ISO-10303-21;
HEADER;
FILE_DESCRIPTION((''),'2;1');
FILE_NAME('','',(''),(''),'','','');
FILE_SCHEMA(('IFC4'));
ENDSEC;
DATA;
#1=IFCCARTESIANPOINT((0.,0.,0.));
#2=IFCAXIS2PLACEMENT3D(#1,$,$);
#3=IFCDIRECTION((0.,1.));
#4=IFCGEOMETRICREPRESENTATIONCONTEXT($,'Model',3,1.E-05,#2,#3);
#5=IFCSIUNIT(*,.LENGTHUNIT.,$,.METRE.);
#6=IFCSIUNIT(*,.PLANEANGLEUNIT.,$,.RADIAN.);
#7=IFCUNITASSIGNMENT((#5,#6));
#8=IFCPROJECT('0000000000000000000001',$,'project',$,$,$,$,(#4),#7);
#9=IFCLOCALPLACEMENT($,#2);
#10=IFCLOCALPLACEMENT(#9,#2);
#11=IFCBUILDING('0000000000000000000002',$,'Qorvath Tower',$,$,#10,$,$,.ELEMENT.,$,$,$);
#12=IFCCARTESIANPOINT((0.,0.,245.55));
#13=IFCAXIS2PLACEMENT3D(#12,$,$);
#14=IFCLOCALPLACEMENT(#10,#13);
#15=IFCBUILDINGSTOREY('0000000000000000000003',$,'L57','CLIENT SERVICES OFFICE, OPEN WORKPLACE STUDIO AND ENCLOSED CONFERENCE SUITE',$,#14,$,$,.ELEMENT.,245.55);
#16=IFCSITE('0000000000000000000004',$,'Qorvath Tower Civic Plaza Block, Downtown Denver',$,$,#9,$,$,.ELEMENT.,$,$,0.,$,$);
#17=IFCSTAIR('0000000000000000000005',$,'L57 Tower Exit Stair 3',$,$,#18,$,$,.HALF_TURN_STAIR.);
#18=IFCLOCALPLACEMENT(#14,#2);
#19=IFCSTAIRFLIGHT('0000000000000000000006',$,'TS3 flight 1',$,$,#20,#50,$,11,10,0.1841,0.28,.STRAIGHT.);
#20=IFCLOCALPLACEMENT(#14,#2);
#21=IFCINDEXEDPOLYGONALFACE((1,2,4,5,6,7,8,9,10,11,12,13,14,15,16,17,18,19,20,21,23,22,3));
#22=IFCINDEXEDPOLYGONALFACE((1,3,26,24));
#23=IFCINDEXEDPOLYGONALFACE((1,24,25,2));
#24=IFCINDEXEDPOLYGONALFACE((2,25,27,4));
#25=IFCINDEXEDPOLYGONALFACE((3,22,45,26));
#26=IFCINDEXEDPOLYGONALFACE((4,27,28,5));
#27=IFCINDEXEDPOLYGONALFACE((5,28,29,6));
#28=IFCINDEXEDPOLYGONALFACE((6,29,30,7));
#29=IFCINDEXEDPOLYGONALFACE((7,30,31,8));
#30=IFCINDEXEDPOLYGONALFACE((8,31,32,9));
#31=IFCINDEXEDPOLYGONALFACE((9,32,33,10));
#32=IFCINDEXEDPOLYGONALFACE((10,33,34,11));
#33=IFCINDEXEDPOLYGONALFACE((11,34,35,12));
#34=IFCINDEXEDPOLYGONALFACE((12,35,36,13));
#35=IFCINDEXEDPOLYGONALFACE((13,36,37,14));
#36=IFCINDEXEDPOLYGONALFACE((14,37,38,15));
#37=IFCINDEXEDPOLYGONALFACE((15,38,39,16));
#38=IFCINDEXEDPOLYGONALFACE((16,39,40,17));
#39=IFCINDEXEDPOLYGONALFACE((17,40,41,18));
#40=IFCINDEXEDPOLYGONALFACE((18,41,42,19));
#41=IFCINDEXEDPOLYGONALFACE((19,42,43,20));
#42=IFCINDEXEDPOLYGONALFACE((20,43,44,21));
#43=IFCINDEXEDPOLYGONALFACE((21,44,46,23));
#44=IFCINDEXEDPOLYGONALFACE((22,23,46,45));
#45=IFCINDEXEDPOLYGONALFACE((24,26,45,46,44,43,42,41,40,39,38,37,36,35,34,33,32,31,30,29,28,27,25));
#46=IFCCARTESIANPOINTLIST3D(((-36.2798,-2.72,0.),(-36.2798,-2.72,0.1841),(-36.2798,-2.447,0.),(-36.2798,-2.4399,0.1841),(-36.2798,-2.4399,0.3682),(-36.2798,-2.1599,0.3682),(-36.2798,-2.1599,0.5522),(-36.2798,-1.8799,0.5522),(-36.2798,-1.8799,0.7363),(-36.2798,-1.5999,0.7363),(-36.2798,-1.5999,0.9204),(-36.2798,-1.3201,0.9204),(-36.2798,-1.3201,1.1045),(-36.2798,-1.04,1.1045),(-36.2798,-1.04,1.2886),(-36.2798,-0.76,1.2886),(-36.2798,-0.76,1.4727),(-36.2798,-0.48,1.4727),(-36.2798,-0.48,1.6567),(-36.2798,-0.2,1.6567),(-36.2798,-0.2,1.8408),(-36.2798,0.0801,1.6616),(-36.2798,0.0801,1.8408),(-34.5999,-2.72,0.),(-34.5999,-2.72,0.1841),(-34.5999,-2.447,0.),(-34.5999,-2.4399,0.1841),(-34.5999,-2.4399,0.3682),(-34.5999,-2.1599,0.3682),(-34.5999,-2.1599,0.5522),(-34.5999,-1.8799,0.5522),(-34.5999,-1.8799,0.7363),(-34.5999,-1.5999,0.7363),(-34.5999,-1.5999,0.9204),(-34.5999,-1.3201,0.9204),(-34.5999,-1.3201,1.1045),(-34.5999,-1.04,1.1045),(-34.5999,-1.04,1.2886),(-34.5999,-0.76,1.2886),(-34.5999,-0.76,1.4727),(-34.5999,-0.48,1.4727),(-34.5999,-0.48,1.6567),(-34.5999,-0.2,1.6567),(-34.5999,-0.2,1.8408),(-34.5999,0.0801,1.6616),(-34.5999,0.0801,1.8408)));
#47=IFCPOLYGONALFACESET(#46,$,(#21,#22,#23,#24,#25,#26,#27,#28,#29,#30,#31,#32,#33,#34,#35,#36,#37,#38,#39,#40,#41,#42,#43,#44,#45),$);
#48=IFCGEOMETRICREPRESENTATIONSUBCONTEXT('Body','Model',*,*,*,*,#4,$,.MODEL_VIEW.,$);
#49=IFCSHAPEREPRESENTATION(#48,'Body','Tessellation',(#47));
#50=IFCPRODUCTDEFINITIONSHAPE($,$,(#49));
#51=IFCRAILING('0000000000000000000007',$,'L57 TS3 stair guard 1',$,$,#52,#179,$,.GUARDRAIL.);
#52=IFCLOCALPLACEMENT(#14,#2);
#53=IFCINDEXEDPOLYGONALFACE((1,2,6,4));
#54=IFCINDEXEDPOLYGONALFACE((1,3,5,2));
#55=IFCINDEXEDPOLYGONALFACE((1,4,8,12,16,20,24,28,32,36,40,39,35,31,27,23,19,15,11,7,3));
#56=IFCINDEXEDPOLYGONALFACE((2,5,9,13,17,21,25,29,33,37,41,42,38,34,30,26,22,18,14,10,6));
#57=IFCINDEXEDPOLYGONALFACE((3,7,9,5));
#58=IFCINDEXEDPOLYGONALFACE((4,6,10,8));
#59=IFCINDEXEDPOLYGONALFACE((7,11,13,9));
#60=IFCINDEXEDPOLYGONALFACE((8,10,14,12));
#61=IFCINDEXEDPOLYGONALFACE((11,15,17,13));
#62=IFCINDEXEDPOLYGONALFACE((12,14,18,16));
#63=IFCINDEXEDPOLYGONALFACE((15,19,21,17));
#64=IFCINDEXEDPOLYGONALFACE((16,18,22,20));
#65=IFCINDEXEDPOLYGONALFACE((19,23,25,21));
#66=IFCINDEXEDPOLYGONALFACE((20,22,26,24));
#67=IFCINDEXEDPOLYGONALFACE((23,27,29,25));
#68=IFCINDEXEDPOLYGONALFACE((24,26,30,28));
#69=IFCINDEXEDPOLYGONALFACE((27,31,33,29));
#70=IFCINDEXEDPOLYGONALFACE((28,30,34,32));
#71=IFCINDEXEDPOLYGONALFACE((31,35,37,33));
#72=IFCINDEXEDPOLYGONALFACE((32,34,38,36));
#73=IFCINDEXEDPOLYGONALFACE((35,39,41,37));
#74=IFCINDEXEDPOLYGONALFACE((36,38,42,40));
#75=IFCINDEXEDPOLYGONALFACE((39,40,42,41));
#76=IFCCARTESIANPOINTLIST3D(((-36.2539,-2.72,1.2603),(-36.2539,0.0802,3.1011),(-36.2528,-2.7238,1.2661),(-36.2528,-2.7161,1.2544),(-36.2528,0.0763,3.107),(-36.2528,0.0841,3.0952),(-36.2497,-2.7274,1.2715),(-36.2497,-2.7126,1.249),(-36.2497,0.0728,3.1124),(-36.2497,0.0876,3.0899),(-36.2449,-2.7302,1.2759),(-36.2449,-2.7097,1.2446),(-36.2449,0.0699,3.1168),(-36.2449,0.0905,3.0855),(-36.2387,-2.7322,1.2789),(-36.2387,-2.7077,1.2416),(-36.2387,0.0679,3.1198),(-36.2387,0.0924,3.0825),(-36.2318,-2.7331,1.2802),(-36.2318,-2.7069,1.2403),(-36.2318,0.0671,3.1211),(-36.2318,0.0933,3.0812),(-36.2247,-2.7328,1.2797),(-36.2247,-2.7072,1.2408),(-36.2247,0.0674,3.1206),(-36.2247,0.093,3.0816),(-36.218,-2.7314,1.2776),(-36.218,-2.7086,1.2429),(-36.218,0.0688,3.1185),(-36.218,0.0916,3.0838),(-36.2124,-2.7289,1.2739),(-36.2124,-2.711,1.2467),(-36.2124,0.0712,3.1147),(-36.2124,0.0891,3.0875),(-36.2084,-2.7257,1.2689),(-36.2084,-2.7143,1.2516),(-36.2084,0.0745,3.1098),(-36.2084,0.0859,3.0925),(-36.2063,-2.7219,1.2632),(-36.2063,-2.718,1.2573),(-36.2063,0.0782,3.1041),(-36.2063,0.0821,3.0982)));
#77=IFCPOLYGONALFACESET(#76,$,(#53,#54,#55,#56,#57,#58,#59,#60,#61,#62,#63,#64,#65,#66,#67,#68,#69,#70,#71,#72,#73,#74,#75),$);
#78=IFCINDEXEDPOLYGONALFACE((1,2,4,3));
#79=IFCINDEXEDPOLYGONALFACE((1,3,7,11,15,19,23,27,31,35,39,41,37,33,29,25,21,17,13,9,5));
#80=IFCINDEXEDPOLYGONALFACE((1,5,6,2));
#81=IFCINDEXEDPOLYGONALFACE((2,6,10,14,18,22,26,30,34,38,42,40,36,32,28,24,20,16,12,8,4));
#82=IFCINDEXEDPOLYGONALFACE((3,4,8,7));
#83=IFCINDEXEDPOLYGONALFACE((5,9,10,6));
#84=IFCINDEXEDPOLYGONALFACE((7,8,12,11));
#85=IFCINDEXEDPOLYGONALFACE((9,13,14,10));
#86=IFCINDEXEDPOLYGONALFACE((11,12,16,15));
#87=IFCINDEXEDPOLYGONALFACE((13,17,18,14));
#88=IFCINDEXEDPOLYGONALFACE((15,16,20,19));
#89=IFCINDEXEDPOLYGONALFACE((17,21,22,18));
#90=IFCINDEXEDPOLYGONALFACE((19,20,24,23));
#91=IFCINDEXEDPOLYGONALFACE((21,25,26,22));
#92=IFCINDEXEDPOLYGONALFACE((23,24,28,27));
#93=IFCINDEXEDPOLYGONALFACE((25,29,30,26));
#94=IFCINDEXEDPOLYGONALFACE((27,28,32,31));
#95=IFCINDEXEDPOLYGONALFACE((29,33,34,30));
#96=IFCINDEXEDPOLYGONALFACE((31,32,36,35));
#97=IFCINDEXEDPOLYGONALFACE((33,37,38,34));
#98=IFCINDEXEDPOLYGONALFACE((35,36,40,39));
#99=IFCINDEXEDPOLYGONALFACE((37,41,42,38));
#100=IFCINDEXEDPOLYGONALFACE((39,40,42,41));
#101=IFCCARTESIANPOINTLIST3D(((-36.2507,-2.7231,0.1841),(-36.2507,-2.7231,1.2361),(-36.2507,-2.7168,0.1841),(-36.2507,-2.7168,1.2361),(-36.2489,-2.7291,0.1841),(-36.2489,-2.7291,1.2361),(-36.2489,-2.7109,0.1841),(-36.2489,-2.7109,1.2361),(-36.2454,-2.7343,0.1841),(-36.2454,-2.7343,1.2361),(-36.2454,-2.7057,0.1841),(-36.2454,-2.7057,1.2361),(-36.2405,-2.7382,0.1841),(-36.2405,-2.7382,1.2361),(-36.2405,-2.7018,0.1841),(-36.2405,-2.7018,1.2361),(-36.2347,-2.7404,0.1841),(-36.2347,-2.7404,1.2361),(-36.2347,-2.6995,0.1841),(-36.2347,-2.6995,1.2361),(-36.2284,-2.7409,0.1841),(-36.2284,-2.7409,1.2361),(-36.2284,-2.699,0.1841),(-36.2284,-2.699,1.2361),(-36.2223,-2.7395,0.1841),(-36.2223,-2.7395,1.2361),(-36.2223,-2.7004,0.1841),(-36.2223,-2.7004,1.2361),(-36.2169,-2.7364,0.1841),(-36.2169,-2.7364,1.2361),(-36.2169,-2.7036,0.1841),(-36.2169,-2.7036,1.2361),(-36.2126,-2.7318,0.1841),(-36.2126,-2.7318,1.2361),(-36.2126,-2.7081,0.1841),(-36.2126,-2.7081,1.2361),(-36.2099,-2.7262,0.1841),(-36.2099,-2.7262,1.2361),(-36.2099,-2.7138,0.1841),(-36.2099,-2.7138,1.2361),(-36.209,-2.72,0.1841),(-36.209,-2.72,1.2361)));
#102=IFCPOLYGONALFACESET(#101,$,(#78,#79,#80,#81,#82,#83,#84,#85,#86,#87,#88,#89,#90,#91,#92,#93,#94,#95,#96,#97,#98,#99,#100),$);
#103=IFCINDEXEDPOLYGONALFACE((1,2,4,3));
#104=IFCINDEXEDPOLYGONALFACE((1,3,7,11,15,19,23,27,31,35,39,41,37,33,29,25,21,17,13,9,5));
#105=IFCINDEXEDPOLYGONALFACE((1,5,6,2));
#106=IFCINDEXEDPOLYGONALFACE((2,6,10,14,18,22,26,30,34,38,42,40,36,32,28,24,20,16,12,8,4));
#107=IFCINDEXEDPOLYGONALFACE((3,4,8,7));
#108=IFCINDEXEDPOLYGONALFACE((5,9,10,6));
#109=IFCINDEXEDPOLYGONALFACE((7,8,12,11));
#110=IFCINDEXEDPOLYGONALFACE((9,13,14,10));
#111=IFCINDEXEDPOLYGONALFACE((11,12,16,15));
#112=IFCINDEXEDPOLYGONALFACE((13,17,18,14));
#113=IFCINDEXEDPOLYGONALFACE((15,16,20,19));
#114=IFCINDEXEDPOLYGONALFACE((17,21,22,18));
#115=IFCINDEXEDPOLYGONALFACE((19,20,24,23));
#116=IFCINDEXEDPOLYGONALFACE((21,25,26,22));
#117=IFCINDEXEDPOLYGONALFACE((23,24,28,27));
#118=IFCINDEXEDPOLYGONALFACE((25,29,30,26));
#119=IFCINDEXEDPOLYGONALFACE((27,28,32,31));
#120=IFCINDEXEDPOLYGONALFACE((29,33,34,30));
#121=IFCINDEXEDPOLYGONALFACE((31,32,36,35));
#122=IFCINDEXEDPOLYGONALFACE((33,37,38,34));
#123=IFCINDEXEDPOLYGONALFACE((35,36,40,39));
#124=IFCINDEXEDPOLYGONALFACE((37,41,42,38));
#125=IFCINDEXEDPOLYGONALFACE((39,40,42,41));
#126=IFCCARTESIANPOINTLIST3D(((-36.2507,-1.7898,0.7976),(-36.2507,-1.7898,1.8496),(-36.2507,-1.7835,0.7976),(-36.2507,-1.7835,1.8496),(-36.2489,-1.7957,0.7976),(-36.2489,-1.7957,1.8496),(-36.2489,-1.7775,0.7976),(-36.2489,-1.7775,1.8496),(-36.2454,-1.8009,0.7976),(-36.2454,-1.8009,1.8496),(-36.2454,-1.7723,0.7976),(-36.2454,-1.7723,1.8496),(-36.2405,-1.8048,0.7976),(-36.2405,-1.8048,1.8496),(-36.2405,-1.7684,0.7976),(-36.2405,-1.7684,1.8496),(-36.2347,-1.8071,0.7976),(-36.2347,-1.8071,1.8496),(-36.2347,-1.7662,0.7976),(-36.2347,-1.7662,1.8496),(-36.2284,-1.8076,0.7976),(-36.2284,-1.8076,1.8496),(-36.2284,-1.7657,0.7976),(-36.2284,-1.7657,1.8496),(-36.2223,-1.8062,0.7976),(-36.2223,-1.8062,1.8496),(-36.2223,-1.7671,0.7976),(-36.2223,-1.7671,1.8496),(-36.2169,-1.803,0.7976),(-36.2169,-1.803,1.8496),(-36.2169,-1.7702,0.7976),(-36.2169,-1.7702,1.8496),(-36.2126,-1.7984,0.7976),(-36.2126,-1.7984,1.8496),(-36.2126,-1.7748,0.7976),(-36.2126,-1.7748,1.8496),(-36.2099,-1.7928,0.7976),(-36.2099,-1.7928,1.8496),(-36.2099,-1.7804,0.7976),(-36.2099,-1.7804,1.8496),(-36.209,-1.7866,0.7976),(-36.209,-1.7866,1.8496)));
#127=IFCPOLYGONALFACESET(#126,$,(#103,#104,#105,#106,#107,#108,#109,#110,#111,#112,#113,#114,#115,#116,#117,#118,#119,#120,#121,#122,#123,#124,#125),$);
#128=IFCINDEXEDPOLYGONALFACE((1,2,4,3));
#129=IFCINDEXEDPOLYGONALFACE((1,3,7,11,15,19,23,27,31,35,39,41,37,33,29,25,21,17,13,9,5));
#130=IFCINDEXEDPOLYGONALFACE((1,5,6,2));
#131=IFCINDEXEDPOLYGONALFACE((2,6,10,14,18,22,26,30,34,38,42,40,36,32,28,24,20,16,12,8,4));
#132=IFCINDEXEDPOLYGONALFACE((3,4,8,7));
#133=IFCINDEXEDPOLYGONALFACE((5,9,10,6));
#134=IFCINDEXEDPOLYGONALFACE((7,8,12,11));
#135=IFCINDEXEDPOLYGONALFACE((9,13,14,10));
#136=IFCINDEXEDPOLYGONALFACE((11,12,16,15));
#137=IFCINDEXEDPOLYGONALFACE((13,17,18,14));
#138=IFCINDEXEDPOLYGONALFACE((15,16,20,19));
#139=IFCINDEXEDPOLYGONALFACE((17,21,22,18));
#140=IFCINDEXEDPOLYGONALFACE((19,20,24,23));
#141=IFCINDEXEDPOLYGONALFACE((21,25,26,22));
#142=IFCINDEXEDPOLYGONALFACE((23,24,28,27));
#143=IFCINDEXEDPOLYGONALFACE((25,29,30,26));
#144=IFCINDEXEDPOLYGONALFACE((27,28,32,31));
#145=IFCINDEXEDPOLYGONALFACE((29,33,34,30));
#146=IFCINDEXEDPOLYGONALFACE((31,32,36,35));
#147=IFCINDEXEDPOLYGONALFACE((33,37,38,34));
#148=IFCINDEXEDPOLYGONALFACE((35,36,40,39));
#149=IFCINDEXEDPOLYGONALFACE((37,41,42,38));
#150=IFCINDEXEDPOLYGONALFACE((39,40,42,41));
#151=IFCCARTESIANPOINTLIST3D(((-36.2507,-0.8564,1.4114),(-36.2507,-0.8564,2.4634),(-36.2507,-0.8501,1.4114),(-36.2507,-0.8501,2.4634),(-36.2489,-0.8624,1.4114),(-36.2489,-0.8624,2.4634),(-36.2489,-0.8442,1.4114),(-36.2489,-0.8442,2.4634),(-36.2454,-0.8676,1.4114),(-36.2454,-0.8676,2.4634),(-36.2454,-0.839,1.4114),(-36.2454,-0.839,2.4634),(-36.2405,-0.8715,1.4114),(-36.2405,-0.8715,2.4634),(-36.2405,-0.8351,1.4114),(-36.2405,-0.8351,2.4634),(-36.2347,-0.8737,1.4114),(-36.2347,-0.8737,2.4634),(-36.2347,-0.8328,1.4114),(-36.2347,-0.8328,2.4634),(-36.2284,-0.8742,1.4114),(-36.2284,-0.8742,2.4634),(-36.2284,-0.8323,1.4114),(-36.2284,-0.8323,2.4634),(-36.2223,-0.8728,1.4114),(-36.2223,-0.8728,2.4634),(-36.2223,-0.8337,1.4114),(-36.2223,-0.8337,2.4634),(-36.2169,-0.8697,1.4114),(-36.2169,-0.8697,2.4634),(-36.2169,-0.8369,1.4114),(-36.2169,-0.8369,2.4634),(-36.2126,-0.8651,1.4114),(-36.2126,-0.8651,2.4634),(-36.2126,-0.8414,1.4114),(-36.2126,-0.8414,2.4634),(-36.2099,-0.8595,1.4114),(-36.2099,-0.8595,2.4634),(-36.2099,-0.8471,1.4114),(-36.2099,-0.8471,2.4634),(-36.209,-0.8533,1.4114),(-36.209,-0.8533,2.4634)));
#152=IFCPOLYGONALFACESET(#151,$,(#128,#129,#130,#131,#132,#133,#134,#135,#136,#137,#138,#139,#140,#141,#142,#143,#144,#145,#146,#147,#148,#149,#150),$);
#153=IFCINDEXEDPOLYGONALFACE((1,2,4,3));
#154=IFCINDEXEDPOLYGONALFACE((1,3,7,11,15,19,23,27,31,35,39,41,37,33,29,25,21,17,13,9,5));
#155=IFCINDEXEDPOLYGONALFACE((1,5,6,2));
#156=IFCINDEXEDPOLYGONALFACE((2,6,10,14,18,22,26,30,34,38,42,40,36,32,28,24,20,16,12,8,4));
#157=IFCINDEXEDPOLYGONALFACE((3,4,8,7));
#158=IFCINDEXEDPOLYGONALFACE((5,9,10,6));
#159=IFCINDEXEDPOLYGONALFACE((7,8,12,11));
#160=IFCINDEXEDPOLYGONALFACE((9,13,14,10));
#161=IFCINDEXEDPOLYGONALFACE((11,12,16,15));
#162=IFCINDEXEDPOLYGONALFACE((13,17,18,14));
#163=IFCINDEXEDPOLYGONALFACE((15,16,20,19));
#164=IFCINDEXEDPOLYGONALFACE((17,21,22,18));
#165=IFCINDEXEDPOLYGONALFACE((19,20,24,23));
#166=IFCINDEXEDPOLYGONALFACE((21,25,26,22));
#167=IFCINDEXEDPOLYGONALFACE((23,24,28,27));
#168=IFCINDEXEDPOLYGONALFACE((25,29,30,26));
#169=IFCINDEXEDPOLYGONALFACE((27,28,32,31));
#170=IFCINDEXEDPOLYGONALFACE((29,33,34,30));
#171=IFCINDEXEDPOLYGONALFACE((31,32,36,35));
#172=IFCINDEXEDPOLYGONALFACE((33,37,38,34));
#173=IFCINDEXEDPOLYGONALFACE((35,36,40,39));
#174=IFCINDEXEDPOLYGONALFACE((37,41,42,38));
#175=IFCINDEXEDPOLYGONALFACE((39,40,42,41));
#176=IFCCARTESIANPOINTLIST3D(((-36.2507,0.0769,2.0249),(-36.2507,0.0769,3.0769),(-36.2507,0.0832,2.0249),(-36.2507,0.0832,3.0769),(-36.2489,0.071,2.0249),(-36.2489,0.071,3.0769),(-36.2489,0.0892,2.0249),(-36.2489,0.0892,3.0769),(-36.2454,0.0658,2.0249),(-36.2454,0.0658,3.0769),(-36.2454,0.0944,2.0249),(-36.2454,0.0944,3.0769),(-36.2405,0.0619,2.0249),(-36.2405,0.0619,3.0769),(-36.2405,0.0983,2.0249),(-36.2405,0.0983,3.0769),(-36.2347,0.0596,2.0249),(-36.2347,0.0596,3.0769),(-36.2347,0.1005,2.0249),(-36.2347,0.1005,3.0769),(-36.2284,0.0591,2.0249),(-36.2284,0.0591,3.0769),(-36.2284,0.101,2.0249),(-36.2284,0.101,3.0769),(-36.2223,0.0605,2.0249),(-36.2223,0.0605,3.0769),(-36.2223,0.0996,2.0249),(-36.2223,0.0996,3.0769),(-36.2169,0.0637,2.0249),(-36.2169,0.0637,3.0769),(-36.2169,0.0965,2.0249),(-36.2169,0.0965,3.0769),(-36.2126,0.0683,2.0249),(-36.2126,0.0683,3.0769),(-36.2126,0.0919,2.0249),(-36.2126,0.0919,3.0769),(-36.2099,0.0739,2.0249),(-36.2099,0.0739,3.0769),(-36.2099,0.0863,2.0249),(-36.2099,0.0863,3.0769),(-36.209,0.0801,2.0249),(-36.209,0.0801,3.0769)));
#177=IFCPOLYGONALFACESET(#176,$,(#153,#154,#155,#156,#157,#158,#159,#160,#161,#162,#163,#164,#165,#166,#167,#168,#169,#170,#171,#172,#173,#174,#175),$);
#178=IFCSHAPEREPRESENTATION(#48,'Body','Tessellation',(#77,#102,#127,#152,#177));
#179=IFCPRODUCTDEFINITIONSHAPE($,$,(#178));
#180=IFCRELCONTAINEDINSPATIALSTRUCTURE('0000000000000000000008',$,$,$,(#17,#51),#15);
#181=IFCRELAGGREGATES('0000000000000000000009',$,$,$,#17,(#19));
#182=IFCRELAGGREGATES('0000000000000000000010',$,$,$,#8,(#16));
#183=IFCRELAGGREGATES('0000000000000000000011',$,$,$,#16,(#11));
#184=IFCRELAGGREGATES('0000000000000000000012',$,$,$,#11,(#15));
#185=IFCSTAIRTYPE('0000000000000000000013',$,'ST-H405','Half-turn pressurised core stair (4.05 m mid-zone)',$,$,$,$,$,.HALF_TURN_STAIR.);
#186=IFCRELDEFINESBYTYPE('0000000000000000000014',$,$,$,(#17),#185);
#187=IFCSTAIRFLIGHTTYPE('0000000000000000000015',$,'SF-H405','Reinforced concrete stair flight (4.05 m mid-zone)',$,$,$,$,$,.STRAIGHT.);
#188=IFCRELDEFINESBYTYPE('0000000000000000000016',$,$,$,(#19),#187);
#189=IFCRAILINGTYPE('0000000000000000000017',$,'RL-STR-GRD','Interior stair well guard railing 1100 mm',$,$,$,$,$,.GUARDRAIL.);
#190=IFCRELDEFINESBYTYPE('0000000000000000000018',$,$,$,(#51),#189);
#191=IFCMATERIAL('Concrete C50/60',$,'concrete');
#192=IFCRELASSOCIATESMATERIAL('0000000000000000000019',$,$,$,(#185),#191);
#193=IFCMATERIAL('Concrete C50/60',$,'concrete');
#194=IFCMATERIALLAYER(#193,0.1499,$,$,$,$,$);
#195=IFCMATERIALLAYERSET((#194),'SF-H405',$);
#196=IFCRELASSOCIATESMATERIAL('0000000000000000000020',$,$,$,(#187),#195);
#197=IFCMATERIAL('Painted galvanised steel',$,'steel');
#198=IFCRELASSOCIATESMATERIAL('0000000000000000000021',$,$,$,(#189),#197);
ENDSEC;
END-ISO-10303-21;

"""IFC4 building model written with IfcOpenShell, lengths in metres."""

from ifc_helpers import new_model, si_unit, direction, frame, origin, origin_2d, place, context, subcontext, project, spatial, polyline, circle, outline, extrude, material, layer, layer_set, type_object, element, aggregate, save


model = new_model("IFC4")

# Units and contexts
model_context = context("Model", 3, precision=1e-05, world=origin(), true_north=direction((0.0, 1.0)))
body_context = subcontext(model_context, "Body", "Model", "MODEL_VIEW")
ifc_project = project(units=[si_unit("LENGTHUNIT", "METRE"), si_unit("PLANEANGLEUNIT", "RADIAN")], contexts=[model_context])

# Site, building, storey
site_placement = place(None, origin())
site = spatial("IfcSite", under=ifc_project, at=site_placement, Name="Qorvath Tower Civic Plaza Block, Downtown Denver", CompositionType="ELEMENT", RefElevation=0.0)
building_placement = place(site_placement, origin())
building = spatial("IfcBuilding", under=site, at=building_placement, Name="Qorvath Tower", CompositionType="ELEMENT")
storey_placement = place(building_placement, frame((0.0, 0.0, 245.55)))
storey = spatial("IfcBuildingStorey", under=building, at=storey_placement, Name="L57", Description="CLIENT SERVICES OFFICE, OPEN WORKPLACE STUDIO AND ENCLOSED CONFERENCE SUITE", CompositionType="ELEMENT", Elevation=245.55)

# Stair, stair flight
ifc_material_1 = material(Name="Concrete C50/60", Category="concrete")
stair_type = type_object("IfcStairType", Name="ST-H405", Description="Half-turn pressurised core stair (4.05 m mid-zone)", PredefinedType="HALF_TURN_STAIR", material=ifc_material_1)
stair_placement = place(storey_placement, origin())
stair = element("IfcStair", 1, at=stair_placement, inside=storey, type_object=stair_type, Name="L57 Tower Exit Stair 3", PredefinedType="HALF_TURN_STAIR")
ifc_material_2 = material(Name="Concrete C50/60", Category="concrete")
ifc_layer_1 = layer(ifc_material_2, 0.1499)
ifc_layer_set_1 = layer_set([ifc_layer_1], Name="SF-H405")
stair_flight_type = type_object("IfcStairFlightType", Name="SF-H405", Description="Reinforced concrete stair flight (4.05 m mid-zone)", PredefinedType="STRAIGHT", material=ifc_layer_set_1)
stair_flight_placement = place(storey_placement, frame((-35.4399, -2.72, 0.0), z_axis=(0.0, 0.0, 1.0), x_axis=(0.0, 1.0, 0.0)))
stair_flight = element("IfcStairFlight", 2, at=stair_flight_placement, type_object=stair_flight_type, Name="TS3 flight 1", NumberOfRisers=11, NumberOfTreads=10, PredefinedType="STRAIGHT", RiserHeight=0.1841, TreadLength=0.28, context=body_context, shape_type="SweptSolid", body=[
    extrude(outline(polyline([(0.0, 0.0), (0.0, 0.1841), (0.28, 0.1841), (0.28, 0.3682), (0.5601, 0.3682), (0.5601, 0.5522), (0.8401, 0.5522), (0.8401, 0.7363), (1.1201, 0.7363), (1.1201, 0.9204), (1.3999, 0.9204), (1.3999, 1.1045), (1.6799, 1.1045), (1.6799, 1.2886), (1.96, 1.2886), (1.96, 1.4727), (2.24, 1.4727), (2.24, 1.6567), (2.52, 1.6567), (2.52, 1.8408), (2.8, 1.8408), (2.8, 2.0249), (2.8, 1.6616), (0.2729, 0.0), (0.0, 0.0)])), frame((0.0, 0.8398, 0.0), z_axis=(0.0, -1.0, 0.0), x_axis=(1.0, 0.0, 0.0)), (0.0, 0.0, 1.0), 1.6799),
])
aggregate(stair, [stair_flight])

# Railing
ifc_material_3 = material(Name="Painted galvanised steel", Category="steel")
railing_type_1 = type_object("IfcRailingType", Name="RL-STR-GRD", Description="Interior stair well guard railing 1100 mm", PredefinedType="GUARDRAIL", material=ifc_material_3)
railing_1_placement = place(storey_placement, frame((-36.23, -2.72, 0.1841)))
element("IfcRailing", 3, at=railing_1_placement, inside=storey, type_object=railing_type_1, Name="L57 TS3 stair guard 1", PredefinedType="GUARDRAIL", context=body_context, shape_type="SweptSolid", body=[
    extrude(circle(Radius=0.0239, at=origin_2d()), frame((0.0, 0.0, 1.0762), z_axis=(0.0, 0.835598, 0.549342), x_axis=(-1.0, 0.0, 0.0)), (0.0, 0.0, 1.0), 3.3511),
    extrude(circle(Radius=0.021, at=origin_2d()), origin(), (0.0, 0.0, 1.0), 1.052),
    extrude(circle(Radius=0.021, at=origin_2d()), frame((0.0, 0.9333, 0.6135)), (0.0, 0.0, 1.0), 1.052),
    extrude(circle(Radius=0.021, at=origin_2d()), frame((0.0, 1.8667, 1.2273)), (0.0, 0.0, 1.0), 1.052),
    extrude(circle(Radius=0.021, at=origin_2d()), frame((0.0, 2.8, 1.8408)), (0.0, 0.0, 1.0), 1.052),
])

save(model, "model.ifc")
